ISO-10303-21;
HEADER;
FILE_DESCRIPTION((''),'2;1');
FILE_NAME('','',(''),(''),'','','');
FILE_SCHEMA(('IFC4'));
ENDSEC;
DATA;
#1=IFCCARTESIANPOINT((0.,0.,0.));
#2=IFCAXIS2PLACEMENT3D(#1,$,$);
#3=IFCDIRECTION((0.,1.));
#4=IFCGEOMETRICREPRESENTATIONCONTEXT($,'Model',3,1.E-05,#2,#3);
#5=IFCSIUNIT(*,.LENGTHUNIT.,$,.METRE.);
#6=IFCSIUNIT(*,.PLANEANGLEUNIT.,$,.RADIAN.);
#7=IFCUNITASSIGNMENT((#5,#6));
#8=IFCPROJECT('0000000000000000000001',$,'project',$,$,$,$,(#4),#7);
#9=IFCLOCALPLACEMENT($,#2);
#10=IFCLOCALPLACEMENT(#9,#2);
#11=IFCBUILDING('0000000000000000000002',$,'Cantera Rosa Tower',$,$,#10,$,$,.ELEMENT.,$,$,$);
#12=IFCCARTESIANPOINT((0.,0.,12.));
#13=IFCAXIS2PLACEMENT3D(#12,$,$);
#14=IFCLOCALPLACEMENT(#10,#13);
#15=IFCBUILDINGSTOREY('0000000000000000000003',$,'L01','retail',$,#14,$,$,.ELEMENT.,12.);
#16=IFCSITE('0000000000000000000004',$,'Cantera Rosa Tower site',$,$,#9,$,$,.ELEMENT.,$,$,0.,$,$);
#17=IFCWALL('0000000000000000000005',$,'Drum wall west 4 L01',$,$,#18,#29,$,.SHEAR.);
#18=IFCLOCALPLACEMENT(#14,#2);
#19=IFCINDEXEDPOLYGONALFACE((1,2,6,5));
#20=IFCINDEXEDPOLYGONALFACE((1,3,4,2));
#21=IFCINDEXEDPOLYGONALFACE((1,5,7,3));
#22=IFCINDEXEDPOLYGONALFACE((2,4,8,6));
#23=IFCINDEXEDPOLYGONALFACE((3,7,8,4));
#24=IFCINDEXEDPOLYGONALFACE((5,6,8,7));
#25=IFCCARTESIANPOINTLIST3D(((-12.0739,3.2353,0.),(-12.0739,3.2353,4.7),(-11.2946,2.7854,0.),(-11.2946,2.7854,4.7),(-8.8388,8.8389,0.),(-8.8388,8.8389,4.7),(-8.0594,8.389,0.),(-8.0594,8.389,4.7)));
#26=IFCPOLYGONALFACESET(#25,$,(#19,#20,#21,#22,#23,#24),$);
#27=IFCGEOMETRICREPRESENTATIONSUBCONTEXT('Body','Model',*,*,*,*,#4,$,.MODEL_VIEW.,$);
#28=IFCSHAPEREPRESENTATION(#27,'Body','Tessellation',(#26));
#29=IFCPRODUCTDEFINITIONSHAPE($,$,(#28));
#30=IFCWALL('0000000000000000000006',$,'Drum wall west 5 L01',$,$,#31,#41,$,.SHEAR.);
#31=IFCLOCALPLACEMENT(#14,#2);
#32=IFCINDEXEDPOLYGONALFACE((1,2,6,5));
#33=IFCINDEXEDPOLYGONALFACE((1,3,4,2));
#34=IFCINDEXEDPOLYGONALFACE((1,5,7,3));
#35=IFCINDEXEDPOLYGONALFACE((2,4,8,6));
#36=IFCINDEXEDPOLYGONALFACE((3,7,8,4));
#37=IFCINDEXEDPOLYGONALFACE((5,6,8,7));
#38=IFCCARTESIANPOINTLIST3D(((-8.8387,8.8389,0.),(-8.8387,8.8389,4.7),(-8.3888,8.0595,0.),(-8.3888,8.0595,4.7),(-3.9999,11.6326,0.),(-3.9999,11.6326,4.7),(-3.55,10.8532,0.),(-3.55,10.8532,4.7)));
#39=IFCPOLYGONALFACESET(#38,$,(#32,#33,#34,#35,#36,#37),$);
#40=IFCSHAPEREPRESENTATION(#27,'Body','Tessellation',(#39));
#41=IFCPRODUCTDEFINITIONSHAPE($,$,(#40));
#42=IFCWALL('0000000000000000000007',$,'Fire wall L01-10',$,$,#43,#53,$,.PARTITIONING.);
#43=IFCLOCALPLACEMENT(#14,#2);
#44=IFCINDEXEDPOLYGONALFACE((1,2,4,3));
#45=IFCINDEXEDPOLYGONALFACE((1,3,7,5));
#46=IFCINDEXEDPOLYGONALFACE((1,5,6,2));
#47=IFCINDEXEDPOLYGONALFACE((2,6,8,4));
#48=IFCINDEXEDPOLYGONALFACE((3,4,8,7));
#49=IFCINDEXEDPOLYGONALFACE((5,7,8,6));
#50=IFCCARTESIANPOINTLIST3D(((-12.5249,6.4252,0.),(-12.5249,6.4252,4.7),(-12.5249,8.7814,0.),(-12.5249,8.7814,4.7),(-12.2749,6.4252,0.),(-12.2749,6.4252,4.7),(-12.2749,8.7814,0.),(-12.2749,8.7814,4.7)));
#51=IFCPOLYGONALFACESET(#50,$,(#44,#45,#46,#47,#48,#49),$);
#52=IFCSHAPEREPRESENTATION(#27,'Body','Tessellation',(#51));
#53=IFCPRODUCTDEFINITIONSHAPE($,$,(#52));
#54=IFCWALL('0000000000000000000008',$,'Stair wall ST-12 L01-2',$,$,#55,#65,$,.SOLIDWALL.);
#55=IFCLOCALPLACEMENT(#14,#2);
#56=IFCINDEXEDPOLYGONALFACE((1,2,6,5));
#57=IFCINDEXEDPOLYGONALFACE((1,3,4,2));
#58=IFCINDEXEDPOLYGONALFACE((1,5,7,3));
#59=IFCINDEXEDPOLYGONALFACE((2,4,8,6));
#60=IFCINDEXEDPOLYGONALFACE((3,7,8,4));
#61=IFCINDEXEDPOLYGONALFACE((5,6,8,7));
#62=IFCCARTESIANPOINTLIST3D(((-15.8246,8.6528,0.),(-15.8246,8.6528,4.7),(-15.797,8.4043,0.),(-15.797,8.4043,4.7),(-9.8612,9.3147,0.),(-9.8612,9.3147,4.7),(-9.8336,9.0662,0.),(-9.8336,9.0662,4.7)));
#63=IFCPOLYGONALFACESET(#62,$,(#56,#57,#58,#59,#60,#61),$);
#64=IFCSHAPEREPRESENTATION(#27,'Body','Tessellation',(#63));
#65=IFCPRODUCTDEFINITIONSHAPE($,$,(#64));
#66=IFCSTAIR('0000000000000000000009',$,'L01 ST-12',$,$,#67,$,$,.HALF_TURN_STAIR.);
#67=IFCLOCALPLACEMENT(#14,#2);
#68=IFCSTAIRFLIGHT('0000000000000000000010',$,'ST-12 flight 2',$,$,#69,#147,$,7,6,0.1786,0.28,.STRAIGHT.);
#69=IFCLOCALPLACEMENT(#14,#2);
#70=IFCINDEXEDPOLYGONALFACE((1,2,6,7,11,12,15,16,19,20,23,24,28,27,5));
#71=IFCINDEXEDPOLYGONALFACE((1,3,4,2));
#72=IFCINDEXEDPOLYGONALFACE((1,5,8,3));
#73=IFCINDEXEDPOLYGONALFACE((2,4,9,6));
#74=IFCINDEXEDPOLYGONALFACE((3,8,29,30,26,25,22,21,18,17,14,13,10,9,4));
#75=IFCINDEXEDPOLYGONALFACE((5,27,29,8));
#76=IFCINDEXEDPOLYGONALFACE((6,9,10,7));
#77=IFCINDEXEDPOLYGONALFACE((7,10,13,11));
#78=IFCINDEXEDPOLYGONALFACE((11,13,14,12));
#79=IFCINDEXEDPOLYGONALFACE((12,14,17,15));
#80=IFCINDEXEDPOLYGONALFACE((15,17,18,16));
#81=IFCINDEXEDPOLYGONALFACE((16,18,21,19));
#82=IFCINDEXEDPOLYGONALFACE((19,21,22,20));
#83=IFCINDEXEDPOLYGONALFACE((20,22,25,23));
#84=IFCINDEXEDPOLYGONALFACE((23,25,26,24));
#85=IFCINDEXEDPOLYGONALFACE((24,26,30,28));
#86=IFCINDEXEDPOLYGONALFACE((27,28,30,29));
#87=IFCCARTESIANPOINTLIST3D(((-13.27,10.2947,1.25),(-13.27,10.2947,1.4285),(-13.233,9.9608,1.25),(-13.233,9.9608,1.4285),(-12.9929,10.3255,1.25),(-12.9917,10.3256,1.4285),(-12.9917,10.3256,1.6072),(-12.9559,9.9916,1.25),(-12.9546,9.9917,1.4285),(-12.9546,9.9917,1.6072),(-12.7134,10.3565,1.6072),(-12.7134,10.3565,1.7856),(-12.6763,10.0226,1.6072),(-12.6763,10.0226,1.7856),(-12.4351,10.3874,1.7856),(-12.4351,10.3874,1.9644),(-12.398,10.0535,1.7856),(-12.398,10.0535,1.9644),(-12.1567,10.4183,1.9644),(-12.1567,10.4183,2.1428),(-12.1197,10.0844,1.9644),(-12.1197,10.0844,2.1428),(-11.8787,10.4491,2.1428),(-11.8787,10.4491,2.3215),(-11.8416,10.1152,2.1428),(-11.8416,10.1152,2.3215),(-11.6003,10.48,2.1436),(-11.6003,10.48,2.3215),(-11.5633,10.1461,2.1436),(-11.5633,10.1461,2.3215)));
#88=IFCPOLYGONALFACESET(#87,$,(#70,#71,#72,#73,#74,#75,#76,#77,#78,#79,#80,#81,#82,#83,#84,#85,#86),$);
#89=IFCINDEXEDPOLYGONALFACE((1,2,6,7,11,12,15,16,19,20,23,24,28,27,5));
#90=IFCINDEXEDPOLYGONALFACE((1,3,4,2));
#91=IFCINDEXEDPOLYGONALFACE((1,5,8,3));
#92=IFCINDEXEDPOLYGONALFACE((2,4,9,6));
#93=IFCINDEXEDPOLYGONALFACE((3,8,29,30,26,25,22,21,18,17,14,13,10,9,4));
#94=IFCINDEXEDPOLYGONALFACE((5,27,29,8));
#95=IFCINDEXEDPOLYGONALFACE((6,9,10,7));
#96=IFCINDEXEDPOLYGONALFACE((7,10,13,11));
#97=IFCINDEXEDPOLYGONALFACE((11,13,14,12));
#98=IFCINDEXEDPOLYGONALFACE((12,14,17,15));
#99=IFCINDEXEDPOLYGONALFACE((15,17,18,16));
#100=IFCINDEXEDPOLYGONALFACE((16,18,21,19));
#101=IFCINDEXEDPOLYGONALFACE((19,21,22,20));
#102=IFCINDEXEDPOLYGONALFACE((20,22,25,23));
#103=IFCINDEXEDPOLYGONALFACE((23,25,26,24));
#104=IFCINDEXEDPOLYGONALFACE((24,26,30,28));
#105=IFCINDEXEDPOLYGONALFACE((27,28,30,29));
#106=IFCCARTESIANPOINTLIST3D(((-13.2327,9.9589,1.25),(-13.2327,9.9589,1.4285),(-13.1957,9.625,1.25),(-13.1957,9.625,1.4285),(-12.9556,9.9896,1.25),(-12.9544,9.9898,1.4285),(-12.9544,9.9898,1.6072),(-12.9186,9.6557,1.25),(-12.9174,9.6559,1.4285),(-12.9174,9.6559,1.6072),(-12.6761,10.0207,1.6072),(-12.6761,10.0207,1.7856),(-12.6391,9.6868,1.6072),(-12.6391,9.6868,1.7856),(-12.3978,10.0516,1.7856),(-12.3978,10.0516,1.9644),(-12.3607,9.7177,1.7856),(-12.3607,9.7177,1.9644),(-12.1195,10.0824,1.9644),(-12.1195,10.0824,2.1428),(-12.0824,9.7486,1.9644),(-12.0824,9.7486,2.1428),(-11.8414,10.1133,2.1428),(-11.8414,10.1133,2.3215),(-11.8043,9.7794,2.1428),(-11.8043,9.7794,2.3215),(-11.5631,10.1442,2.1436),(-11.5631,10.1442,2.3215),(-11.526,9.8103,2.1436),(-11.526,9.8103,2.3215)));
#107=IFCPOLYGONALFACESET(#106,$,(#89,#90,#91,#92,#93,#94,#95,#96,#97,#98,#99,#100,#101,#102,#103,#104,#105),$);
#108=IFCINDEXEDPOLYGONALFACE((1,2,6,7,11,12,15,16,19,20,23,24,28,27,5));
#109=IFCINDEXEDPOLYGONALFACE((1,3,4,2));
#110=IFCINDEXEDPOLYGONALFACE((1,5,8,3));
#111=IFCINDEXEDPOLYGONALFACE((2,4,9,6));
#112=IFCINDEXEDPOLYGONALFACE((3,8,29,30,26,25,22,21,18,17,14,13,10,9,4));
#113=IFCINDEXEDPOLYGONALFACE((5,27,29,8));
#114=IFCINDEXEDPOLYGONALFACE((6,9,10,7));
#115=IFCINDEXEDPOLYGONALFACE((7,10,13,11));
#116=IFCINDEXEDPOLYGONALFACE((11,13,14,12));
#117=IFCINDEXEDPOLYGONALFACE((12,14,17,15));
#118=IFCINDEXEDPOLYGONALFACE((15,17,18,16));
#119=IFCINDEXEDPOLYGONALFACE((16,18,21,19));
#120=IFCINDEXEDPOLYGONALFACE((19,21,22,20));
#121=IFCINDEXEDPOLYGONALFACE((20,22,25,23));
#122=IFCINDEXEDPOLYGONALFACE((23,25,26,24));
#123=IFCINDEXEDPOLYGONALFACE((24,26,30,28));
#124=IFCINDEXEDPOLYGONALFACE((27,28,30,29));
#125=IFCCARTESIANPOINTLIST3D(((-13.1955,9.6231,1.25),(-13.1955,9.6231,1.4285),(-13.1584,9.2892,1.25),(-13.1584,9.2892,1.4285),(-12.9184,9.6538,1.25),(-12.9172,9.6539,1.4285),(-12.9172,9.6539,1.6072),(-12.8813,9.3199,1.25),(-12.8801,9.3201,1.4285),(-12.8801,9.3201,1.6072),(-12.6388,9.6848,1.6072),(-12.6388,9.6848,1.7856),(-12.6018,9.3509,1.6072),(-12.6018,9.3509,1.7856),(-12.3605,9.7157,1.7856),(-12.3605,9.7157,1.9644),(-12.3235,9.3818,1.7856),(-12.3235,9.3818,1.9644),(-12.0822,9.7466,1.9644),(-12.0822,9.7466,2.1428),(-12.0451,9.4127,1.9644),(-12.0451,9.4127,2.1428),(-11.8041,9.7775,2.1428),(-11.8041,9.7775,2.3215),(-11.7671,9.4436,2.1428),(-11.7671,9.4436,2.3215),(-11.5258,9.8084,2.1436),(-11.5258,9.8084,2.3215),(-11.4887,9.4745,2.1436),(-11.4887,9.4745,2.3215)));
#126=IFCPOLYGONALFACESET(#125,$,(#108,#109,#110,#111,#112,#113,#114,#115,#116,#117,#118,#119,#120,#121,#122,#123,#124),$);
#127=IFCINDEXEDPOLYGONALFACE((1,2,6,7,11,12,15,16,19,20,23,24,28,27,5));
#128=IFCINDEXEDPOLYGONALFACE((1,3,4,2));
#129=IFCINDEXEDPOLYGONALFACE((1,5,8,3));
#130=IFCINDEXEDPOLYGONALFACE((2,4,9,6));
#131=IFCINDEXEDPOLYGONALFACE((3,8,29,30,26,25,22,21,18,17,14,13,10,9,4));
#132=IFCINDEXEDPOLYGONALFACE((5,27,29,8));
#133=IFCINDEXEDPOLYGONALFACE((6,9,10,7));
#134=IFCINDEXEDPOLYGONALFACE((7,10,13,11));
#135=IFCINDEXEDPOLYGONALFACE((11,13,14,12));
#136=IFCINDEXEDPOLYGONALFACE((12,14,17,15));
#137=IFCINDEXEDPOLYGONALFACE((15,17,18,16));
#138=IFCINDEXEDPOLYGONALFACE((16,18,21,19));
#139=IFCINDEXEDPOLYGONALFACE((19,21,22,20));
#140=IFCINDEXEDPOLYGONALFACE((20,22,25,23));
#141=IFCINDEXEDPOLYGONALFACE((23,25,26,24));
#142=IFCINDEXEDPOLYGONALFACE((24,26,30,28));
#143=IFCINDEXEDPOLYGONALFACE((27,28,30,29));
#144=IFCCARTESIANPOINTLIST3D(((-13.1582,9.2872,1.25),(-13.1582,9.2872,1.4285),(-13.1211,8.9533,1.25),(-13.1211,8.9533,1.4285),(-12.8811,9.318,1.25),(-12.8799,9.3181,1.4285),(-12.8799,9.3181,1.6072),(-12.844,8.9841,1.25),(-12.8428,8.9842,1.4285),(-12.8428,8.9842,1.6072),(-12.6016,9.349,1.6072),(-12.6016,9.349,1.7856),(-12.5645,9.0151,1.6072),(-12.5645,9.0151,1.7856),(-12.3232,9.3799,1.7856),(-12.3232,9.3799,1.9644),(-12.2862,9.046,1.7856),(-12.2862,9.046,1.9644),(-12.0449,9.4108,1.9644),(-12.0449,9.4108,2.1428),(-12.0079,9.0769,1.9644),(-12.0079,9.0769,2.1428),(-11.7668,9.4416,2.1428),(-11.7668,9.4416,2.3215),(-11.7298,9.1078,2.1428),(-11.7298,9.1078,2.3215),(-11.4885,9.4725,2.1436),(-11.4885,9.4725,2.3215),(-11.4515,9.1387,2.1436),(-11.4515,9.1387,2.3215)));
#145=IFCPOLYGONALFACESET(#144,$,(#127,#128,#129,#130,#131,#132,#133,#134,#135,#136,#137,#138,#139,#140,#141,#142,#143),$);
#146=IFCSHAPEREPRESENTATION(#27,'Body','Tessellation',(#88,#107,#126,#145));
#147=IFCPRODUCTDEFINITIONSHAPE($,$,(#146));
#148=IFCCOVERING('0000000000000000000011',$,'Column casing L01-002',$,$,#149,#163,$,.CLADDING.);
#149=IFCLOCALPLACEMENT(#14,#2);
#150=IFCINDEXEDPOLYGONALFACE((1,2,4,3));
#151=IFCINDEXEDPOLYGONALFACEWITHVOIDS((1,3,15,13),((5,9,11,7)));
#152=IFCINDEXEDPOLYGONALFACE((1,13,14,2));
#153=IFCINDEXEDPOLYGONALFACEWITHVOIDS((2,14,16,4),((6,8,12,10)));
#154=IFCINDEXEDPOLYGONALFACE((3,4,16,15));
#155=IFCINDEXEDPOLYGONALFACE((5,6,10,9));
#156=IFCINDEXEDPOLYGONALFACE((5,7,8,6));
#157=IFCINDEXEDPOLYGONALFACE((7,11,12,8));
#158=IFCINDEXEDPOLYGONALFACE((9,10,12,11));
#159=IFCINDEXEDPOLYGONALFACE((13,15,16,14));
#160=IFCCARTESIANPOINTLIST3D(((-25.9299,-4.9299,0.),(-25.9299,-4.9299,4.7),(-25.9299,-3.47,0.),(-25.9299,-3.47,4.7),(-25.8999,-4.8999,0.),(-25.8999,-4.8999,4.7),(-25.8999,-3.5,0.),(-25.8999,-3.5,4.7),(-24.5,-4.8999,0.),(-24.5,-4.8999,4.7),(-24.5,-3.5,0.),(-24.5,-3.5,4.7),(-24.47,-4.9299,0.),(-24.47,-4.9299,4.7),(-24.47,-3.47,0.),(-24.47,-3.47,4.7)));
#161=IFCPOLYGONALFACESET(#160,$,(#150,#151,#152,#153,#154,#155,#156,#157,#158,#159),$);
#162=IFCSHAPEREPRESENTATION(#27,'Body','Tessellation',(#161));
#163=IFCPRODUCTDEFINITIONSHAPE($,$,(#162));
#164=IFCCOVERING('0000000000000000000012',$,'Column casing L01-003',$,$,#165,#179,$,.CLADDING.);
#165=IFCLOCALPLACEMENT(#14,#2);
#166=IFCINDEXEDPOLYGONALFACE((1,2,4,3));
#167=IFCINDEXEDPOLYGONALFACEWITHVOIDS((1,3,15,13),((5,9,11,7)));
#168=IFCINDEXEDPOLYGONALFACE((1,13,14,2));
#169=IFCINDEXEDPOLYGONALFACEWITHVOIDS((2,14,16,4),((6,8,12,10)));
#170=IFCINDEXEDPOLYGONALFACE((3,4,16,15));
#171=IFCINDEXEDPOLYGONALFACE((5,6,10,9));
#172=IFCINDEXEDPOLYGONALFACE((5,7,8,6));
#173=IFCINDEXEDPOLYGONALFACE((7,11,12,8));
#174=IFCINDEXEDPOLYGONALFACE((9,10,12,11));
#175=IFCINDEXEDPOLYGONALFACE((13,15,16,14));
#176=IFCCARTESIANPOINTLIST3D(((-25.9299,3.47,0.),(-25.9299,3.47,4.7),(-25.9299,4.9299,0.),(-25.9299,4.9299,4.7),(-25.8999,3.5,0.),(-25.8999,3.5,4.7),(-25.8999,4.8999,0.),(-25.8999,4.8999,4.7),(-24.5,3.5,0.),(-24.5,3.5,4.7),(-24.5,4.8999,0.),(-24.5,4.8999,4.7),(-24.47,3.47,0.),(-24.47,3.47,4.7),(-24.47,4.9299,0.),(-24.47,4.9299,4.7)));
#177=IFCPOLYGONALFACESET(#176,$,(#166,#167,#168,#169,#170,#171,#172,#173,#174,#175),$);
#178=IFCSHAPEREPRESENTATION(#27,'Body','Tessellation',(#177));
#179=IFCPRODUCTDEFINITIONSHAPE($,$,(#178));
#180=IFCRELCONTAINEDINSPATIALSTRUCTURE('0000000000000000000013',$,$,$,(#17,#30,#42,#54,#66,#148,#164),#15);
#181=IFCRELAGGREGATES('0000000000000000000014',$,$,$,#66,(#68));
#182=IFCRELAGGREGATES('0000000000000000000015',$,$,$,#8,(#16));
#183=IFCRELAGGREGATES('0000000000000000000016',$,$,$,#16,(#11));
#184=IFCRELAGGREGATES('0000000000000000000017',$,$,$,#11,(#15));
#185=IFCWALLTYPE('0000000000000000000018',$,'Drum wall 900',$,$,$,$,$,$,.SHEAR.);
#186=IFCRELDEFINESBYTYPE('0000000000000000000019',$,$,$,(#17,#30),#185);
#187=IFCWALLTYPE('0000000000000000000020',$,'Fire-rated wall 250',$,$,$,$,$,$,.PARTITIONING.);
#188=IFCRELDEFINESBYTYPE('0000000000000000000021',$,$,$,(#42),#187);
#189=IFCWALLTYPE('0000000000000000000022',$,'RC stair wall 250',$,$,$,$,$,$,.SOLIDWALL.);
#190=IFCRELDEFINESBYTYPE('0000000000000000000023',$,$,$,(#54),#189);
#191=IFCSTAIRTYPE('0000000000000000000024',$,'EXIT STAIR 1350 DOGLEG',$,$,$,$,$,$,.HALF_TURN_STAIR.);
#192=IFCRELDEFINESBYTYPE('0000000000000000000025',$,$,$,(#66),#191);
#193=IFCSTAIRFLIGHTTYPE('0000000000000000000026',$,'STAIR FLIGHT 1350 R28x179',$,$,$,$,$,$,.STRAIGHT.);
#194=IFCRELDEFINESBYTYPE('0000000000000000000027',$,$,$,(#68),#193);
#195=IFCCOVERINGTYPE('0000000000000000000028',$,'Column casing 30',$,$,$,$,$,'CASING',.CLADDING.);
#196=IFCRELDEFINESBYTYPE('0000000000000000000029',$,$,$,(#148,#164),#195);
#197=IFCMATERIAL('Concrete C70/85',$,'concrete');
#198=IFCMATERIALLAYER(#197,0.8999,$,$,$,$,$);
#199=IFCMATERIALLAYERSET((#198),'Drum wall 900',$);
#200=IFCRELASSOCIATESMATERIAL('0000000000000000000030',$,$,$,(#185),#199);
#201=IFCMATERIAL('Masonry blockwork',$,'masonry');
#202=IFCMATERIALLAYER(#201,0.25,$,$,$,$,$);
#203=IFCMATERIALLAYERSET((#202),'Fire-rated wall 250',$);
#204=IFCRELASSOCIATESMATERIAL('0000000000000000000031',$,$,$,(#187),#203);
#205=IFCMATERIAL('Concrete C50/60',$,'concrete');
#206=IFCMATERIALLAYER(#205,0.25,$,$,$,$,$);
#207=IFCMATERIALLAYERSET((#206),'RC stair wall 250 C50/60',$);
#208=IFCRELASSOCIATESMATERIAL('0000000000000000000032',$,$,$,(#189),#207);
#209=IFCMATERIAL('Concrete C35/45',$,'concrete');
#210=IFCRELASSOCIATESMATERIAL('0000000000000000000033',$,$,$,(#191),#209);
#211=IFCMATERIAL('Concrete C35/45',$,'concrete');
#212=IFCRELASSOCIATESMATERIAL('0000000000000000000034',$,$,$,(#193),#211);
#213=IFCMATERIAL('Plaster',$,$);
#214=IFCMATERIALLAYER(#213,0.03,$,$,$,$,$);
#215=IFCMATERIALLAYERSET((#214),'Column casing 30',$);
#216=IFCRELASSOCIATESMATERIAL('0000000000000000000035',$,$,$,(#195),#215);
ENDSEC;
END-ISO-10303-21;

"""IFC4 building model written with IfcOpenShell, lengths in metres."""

from ifc_helpers import new_model, si_unit, direction, frame, frame_2d, origin, place, context, subcontext, project, spatial, polyline, rectangle, outline, extrude, material, layer, layer_set, type_object, element, aggregate, save


model = new_model("IFC4")

# Units and contexts
model_context = context("Model", 3, precision=1e-05, world=origin(), true_north=direction((0.0, 1.0)))
body_context = subcontext(model_context, "Body", "Model", "MODEL_VIEW")
ifc_project = project(units=[si_unit("LENGTHUNIT", "METRE"), si_unit("PLANEANGLEUNIT", "RADIAN")], contexts=[model_context])

# Site, building, storey
site_placement = place(None, origin())
site = spatial("IfcSite", under=ifc_project, at=site_placement, Name="Cantera Rosa Tower site", CompositionType="ELEMENT", RefElevation=0.0)
building_placement = place(site_placement, origin())
building = spatial("IfcBuilding", under=site, at=building_placement, Name="Cantera Rosa Tower", CompositionType="ELEMENT")
storey_placement = place(building_placement, frame((0.0, 0.0, 12.0)))
storey = spatial("IfcBuildingStorey", under=building, at=storey_placement, Name="L01", Description="retail", CompositionType="ELEMENT", Elevation=12.0)

# Walls
ifc_material_1 = material(Name="Concrete C70/85", Category="concrete")
ifc_layer_1 = layer(ifc_material_1, 0.8999)
ifc_layer_set_1 = layer_set([ifc_layer_1], Name="Drum wall 900")
wall_type_1 = type_object("IfcWallType", Name="Drum wall 900", PredefinedType="SHEAR", material=ifc_layer_set_1)
wall_1_placement = place(storey_placement, frame((-11.6843, 3.0103, 0.0), z_axis=(0.0, 0.0, 1.0), x_axis=(0.49999, 0.866031, 0.0)))
element("IfcWall", 1, at=wall_1_placement, inside=storey, type_object=wall_type_1, Name="Drum wall west 4 L01", PredefinedType="SHEAR", context=body_context, shape_type="SweptSolid", body=[
    extrude(rectangle(XDim=6.4705, YDim=0.8999, at=frame_2d((3.2354, 0.0))), origin(), (0.0, 0.0, 1.0), 4.7),
])
wall_2_placement = place(storey_placement, frame((-8.6138, 8.4492, 0.0), z_axis=(0.0, 0.0, 1.0), x_axis=(0.866027, 0.499997, 0.0)))
element("IfcWall", 2, at=wall_2_placement, inside=storey, type_object=wall_type_1, Name="Drum wall west 5 L01", PredefinedType="SHEAR", context=body_context, shape_type="SweptSolid", body=[
    extrude(rectangle(XDim=5.5874, YDim=0.8999, at=frame_2d((2.7937, 0.0))), origin(), (0.0, 0.0, 1.0), 4.7),
])
ifc_material_2 = material(Name="Masonry blockwork", Category="masonry")
ifc_layer_2 = layer(ifc_material_2, 0.25)
ifc_layer_set_2 = layer_set([ifc_layer_2], Name="Fire-rated wall 250")
wall_type_2 = type_object("IfcWallType", Name="Fire-rated wall 250", PredefinedType="PARTITIONING", material=ifc_layer_set_2)
wall_3_placement = place(storey_placement, frame((-12.3999, 6.425, 0.0), z_axis=(0.0, 0.0, 1.0), x_axis=(0.0, 1.0, 0.0)))
element("IfcWall", 3, at=wall_3_placement, inside=storey, type_object=wall_type_2, Name="Fire wall L01-10", PredefinedType="PARTITIONING", context=body_context, shape_type="SweptSolid", body=[
    extrude(rectangle(XDim=2.3562, YDim=0.25, at=frame_2d((1.1782, 0.0))), origin(), (0.0, 0.0, 1.0), 4.7),
])
ifc_material_3 = material(Name="Concrete C50/60", Category="concrete")
ifc_layer_3 = layer(ifc_material_3, 0.25)
ifc_layer_set_3 = layer_set([ifc_layer_3], Name="RC stair wall 250 C50/60")
wall_type_3 = type_object("IfcWallType", Name="RC stair wall 250", PredefinedType="SOLIDWALL", material=ifc_layer_set_3)
wall_4_placement = place(storey_placement, frame((-9.8474, 9.1904, 0.0), z_axis=(0.0, 0.0, 1.0), x_axis=(-0.993897, -0.110311, 0.0)))
element("IfcWall", 4, at=wall_4_placement, inside=storey, type_object=wall_type_3, Name="Stair wall ST-12 L01-2", PredefinedType="SOLIDWALL", context=body_context, shape_type="SweptSolid", body=[
    extrude(rectangle(XDim=6.0, YDim=0.25, at=frame_2d((3.0, 0.0))), origin(), (0.0, 0.0, 1.0), 4.7),
])

# Stair, stair flight
ifc_material_4 = material(Name="Concrete C35/45", Category="concrete")
stair_type = type_object("IfcStairType", Name="EXIT STAIR 1350 DOGLEG", PredefinedType="HALF_TURN_STAIR", material=ifc_material_4)
stair_placement = place(storey_placement, origin())
stair = element("IfcStair", 5, at=stair_placement, inside=storey, type_object=stair_type, Name="L01 ST-12", PredefinedType="HALF_TURN_STAIR")
ifc_material_5 = material(Name="Concrete C35/45", Category="concrete")
stair_flight_type = type_object("IfcStairFlightType", Name="STAIR FLIGHT 1350 R28x179", PredefinedType="STRAIGHT", material=ifc_material_5)
stair_flight_placement = place(storey_placement, frame((-13.1956, 9.6238, 1.25), z_axis=(0.0, 0.0, 1.0), x_axis=(0.993897, 0.110313, 0.0)))
stair_flight = element("IfcStairFlight", 6, at=stair_flight_placement, type_object=stair_flight_type, Name="ST-12 flight 2", NumberOfRisers=7, NumberOfTreads=6, PredefinedType="STRAIGHT", RiserHeight=0.1786, TreadLength=0.28, context=body_context, shape_type="SweptSolid", body=[
    extrude(outline(polyline([(0.0, 0.0), (0.0, 0.1785), (0.28, 0.1785), (0.28, 0.3572), (0.5601, 0.3572), (0.5601, 0.5356), (0.8401, 0.5356), (0.8401, 0.7144), (1.1201, 0.7144), (1.1201, 0.8928), (1.3999, 0.8928), (1.3999, 1.0715), (1.6799, 1.0715), (1.6799, 1.25), (1.6799, 0.8936), (0.2788, 0.0), (0.0, 0.0)])), frame((0.0, 0.675, 0.0), z_axis=(0.0, -1.0, 0.0), x_axis=(1.0, 0.0, 0.0)), (0.0, 0.0, 1.0), 0.3359),
    extrude(outline(polyline([(0.0, 0.0), (0.0, 0.1785), (0.28, 0.1785), (0.28, 0.3572), (0.5601, 0.3572), (0.5601, 0.5356), (0.8401, 0.5356), (0.8401, 0.7144), (1.1201, 0.7144), (1.1201, 0.8928), (1.3999, 0.8928), (1.3999, 1.0715), (1.6799, 1.0715), (1.6799, 1.25), (1.6799, 0.8936), (0.2788, 0.0), (0.0, 0.0)])), frame((0.0, 0.3372, 0.0), z_axis=(0.0, -1.0, 0.0), x_axis=(1.0, 0.0, 0.0)), (0.0, 0.0, 1.0), 0.3359),
    extrude(outline(polyline([(0.0, 0.0), (0.0, 0.1785), (0.28, 0.1785), (0.28, 0.3572), (0.5601, 0.3572), (0.5601, 0.5356), (0.8401, 0.5356), (0.8401, 0.7144), (1.1201, 0.7144), (1.1201, 0.8928), (1.3999, 0.8928), (1.3999, 1.0715), (1.6799, 1.0715), (1.6799, 1.25), (1.6799, 0.8936), (0.2788, 0.0), (0.0, 0.0)])), frame((0.0, -0.0007, 0.0), z_axis=(0.0, -1.0, 0.0), x_axis=(1.0, 0.0, 0.0)), (0.0, 0.0, 1.0), 0.3359),
    extrude(outline(polyline([(0.0, 0.0), (0.0, 0.1785), (0.28, 0.1785), (0.28, 0.3572), (0.5601, 0.3572), (0.5601, 0.5356), (0.8401, 0.5356), (0.8401, 0.7144), (1.1201, 0.7144), (1.1201, 0.8928), (1.3999, 0.8928), (1.3999, 1.0715), (1.6799, 1.0715), (1.6799, 1.25), (1.6799, 0.8936), (0.2788, 0.0), (0.0, 0.0)])), frame((0.0, -0.3386, 0.0), z_axis=(0.0, -1.0, 0.0), x_axis=(1.0, 0.0, 0.0)), (0.0, 0.0, 1.0), 0.3359),
])
aggregate(stair, [stair_flight])

# Coverings
ifc_material_6 = material(Name="Plaster")
ifc_layer_4 = layer(ifc_material_6, 0.03)
ifc_layer_set_4 = layer_set([ifc_layer_4], Name="Column casing 30")
covering_type = type_object("IfcCoveringType", Name="Column casing 30", ElementType="CASING", PredefinedType="CLADDING", material=ifc_layer_set_4)
covering_1_placement = place(storey_placement, origin())
element("IfcCovering", 7, at=covering_1_placement, inside=storey, type_object=covering_type, Name="Column casing L01-002", PredefinedType="CLADDING", context=body_context, shape_type="SweptSolid", body=[
    extrude(outline(polyline([(-25.9299, -4.9299), (-24.47, -4.9299), (-24.47, -3.47), (-25.9299, -3.47), (-25.9299, -4.9299)]), holes=[polyline([(-24.5, -3.5), (-25.8999, -3.5), (-25.8999, -4.8999), (-24.5, -4.8999), (-24.5, -3.5)])]), origin(), (0.0, 0.0, 1.0), 4.7),
])
covering_2_placement = place(storey_placement, origin())
element("IfcCovering", 8, at=covering_2_placement, inside=storey, type_object=covering_type, Name="Column casing L01-003", PredefinedType="CLADDING", context=body_context, shape_type="SweptSolid", body=[
    extrude(outline(polyline([(-25.9299, 3.47), (-24.47, 3.47), (-24.47, 4.9299), (-25.9299, 4.9299), (-25.9299, 3.47)]), holes=[polyline([(-24.5, 4.8999), (-25.8999, 4.8999), (-25.8999, 3.5), (-24.5, 3.5), (-24.5, 4.8999)])]), origin(), (0.0, 0.0, 1.0), 4.7),
])

save(model, "model.ifc")
